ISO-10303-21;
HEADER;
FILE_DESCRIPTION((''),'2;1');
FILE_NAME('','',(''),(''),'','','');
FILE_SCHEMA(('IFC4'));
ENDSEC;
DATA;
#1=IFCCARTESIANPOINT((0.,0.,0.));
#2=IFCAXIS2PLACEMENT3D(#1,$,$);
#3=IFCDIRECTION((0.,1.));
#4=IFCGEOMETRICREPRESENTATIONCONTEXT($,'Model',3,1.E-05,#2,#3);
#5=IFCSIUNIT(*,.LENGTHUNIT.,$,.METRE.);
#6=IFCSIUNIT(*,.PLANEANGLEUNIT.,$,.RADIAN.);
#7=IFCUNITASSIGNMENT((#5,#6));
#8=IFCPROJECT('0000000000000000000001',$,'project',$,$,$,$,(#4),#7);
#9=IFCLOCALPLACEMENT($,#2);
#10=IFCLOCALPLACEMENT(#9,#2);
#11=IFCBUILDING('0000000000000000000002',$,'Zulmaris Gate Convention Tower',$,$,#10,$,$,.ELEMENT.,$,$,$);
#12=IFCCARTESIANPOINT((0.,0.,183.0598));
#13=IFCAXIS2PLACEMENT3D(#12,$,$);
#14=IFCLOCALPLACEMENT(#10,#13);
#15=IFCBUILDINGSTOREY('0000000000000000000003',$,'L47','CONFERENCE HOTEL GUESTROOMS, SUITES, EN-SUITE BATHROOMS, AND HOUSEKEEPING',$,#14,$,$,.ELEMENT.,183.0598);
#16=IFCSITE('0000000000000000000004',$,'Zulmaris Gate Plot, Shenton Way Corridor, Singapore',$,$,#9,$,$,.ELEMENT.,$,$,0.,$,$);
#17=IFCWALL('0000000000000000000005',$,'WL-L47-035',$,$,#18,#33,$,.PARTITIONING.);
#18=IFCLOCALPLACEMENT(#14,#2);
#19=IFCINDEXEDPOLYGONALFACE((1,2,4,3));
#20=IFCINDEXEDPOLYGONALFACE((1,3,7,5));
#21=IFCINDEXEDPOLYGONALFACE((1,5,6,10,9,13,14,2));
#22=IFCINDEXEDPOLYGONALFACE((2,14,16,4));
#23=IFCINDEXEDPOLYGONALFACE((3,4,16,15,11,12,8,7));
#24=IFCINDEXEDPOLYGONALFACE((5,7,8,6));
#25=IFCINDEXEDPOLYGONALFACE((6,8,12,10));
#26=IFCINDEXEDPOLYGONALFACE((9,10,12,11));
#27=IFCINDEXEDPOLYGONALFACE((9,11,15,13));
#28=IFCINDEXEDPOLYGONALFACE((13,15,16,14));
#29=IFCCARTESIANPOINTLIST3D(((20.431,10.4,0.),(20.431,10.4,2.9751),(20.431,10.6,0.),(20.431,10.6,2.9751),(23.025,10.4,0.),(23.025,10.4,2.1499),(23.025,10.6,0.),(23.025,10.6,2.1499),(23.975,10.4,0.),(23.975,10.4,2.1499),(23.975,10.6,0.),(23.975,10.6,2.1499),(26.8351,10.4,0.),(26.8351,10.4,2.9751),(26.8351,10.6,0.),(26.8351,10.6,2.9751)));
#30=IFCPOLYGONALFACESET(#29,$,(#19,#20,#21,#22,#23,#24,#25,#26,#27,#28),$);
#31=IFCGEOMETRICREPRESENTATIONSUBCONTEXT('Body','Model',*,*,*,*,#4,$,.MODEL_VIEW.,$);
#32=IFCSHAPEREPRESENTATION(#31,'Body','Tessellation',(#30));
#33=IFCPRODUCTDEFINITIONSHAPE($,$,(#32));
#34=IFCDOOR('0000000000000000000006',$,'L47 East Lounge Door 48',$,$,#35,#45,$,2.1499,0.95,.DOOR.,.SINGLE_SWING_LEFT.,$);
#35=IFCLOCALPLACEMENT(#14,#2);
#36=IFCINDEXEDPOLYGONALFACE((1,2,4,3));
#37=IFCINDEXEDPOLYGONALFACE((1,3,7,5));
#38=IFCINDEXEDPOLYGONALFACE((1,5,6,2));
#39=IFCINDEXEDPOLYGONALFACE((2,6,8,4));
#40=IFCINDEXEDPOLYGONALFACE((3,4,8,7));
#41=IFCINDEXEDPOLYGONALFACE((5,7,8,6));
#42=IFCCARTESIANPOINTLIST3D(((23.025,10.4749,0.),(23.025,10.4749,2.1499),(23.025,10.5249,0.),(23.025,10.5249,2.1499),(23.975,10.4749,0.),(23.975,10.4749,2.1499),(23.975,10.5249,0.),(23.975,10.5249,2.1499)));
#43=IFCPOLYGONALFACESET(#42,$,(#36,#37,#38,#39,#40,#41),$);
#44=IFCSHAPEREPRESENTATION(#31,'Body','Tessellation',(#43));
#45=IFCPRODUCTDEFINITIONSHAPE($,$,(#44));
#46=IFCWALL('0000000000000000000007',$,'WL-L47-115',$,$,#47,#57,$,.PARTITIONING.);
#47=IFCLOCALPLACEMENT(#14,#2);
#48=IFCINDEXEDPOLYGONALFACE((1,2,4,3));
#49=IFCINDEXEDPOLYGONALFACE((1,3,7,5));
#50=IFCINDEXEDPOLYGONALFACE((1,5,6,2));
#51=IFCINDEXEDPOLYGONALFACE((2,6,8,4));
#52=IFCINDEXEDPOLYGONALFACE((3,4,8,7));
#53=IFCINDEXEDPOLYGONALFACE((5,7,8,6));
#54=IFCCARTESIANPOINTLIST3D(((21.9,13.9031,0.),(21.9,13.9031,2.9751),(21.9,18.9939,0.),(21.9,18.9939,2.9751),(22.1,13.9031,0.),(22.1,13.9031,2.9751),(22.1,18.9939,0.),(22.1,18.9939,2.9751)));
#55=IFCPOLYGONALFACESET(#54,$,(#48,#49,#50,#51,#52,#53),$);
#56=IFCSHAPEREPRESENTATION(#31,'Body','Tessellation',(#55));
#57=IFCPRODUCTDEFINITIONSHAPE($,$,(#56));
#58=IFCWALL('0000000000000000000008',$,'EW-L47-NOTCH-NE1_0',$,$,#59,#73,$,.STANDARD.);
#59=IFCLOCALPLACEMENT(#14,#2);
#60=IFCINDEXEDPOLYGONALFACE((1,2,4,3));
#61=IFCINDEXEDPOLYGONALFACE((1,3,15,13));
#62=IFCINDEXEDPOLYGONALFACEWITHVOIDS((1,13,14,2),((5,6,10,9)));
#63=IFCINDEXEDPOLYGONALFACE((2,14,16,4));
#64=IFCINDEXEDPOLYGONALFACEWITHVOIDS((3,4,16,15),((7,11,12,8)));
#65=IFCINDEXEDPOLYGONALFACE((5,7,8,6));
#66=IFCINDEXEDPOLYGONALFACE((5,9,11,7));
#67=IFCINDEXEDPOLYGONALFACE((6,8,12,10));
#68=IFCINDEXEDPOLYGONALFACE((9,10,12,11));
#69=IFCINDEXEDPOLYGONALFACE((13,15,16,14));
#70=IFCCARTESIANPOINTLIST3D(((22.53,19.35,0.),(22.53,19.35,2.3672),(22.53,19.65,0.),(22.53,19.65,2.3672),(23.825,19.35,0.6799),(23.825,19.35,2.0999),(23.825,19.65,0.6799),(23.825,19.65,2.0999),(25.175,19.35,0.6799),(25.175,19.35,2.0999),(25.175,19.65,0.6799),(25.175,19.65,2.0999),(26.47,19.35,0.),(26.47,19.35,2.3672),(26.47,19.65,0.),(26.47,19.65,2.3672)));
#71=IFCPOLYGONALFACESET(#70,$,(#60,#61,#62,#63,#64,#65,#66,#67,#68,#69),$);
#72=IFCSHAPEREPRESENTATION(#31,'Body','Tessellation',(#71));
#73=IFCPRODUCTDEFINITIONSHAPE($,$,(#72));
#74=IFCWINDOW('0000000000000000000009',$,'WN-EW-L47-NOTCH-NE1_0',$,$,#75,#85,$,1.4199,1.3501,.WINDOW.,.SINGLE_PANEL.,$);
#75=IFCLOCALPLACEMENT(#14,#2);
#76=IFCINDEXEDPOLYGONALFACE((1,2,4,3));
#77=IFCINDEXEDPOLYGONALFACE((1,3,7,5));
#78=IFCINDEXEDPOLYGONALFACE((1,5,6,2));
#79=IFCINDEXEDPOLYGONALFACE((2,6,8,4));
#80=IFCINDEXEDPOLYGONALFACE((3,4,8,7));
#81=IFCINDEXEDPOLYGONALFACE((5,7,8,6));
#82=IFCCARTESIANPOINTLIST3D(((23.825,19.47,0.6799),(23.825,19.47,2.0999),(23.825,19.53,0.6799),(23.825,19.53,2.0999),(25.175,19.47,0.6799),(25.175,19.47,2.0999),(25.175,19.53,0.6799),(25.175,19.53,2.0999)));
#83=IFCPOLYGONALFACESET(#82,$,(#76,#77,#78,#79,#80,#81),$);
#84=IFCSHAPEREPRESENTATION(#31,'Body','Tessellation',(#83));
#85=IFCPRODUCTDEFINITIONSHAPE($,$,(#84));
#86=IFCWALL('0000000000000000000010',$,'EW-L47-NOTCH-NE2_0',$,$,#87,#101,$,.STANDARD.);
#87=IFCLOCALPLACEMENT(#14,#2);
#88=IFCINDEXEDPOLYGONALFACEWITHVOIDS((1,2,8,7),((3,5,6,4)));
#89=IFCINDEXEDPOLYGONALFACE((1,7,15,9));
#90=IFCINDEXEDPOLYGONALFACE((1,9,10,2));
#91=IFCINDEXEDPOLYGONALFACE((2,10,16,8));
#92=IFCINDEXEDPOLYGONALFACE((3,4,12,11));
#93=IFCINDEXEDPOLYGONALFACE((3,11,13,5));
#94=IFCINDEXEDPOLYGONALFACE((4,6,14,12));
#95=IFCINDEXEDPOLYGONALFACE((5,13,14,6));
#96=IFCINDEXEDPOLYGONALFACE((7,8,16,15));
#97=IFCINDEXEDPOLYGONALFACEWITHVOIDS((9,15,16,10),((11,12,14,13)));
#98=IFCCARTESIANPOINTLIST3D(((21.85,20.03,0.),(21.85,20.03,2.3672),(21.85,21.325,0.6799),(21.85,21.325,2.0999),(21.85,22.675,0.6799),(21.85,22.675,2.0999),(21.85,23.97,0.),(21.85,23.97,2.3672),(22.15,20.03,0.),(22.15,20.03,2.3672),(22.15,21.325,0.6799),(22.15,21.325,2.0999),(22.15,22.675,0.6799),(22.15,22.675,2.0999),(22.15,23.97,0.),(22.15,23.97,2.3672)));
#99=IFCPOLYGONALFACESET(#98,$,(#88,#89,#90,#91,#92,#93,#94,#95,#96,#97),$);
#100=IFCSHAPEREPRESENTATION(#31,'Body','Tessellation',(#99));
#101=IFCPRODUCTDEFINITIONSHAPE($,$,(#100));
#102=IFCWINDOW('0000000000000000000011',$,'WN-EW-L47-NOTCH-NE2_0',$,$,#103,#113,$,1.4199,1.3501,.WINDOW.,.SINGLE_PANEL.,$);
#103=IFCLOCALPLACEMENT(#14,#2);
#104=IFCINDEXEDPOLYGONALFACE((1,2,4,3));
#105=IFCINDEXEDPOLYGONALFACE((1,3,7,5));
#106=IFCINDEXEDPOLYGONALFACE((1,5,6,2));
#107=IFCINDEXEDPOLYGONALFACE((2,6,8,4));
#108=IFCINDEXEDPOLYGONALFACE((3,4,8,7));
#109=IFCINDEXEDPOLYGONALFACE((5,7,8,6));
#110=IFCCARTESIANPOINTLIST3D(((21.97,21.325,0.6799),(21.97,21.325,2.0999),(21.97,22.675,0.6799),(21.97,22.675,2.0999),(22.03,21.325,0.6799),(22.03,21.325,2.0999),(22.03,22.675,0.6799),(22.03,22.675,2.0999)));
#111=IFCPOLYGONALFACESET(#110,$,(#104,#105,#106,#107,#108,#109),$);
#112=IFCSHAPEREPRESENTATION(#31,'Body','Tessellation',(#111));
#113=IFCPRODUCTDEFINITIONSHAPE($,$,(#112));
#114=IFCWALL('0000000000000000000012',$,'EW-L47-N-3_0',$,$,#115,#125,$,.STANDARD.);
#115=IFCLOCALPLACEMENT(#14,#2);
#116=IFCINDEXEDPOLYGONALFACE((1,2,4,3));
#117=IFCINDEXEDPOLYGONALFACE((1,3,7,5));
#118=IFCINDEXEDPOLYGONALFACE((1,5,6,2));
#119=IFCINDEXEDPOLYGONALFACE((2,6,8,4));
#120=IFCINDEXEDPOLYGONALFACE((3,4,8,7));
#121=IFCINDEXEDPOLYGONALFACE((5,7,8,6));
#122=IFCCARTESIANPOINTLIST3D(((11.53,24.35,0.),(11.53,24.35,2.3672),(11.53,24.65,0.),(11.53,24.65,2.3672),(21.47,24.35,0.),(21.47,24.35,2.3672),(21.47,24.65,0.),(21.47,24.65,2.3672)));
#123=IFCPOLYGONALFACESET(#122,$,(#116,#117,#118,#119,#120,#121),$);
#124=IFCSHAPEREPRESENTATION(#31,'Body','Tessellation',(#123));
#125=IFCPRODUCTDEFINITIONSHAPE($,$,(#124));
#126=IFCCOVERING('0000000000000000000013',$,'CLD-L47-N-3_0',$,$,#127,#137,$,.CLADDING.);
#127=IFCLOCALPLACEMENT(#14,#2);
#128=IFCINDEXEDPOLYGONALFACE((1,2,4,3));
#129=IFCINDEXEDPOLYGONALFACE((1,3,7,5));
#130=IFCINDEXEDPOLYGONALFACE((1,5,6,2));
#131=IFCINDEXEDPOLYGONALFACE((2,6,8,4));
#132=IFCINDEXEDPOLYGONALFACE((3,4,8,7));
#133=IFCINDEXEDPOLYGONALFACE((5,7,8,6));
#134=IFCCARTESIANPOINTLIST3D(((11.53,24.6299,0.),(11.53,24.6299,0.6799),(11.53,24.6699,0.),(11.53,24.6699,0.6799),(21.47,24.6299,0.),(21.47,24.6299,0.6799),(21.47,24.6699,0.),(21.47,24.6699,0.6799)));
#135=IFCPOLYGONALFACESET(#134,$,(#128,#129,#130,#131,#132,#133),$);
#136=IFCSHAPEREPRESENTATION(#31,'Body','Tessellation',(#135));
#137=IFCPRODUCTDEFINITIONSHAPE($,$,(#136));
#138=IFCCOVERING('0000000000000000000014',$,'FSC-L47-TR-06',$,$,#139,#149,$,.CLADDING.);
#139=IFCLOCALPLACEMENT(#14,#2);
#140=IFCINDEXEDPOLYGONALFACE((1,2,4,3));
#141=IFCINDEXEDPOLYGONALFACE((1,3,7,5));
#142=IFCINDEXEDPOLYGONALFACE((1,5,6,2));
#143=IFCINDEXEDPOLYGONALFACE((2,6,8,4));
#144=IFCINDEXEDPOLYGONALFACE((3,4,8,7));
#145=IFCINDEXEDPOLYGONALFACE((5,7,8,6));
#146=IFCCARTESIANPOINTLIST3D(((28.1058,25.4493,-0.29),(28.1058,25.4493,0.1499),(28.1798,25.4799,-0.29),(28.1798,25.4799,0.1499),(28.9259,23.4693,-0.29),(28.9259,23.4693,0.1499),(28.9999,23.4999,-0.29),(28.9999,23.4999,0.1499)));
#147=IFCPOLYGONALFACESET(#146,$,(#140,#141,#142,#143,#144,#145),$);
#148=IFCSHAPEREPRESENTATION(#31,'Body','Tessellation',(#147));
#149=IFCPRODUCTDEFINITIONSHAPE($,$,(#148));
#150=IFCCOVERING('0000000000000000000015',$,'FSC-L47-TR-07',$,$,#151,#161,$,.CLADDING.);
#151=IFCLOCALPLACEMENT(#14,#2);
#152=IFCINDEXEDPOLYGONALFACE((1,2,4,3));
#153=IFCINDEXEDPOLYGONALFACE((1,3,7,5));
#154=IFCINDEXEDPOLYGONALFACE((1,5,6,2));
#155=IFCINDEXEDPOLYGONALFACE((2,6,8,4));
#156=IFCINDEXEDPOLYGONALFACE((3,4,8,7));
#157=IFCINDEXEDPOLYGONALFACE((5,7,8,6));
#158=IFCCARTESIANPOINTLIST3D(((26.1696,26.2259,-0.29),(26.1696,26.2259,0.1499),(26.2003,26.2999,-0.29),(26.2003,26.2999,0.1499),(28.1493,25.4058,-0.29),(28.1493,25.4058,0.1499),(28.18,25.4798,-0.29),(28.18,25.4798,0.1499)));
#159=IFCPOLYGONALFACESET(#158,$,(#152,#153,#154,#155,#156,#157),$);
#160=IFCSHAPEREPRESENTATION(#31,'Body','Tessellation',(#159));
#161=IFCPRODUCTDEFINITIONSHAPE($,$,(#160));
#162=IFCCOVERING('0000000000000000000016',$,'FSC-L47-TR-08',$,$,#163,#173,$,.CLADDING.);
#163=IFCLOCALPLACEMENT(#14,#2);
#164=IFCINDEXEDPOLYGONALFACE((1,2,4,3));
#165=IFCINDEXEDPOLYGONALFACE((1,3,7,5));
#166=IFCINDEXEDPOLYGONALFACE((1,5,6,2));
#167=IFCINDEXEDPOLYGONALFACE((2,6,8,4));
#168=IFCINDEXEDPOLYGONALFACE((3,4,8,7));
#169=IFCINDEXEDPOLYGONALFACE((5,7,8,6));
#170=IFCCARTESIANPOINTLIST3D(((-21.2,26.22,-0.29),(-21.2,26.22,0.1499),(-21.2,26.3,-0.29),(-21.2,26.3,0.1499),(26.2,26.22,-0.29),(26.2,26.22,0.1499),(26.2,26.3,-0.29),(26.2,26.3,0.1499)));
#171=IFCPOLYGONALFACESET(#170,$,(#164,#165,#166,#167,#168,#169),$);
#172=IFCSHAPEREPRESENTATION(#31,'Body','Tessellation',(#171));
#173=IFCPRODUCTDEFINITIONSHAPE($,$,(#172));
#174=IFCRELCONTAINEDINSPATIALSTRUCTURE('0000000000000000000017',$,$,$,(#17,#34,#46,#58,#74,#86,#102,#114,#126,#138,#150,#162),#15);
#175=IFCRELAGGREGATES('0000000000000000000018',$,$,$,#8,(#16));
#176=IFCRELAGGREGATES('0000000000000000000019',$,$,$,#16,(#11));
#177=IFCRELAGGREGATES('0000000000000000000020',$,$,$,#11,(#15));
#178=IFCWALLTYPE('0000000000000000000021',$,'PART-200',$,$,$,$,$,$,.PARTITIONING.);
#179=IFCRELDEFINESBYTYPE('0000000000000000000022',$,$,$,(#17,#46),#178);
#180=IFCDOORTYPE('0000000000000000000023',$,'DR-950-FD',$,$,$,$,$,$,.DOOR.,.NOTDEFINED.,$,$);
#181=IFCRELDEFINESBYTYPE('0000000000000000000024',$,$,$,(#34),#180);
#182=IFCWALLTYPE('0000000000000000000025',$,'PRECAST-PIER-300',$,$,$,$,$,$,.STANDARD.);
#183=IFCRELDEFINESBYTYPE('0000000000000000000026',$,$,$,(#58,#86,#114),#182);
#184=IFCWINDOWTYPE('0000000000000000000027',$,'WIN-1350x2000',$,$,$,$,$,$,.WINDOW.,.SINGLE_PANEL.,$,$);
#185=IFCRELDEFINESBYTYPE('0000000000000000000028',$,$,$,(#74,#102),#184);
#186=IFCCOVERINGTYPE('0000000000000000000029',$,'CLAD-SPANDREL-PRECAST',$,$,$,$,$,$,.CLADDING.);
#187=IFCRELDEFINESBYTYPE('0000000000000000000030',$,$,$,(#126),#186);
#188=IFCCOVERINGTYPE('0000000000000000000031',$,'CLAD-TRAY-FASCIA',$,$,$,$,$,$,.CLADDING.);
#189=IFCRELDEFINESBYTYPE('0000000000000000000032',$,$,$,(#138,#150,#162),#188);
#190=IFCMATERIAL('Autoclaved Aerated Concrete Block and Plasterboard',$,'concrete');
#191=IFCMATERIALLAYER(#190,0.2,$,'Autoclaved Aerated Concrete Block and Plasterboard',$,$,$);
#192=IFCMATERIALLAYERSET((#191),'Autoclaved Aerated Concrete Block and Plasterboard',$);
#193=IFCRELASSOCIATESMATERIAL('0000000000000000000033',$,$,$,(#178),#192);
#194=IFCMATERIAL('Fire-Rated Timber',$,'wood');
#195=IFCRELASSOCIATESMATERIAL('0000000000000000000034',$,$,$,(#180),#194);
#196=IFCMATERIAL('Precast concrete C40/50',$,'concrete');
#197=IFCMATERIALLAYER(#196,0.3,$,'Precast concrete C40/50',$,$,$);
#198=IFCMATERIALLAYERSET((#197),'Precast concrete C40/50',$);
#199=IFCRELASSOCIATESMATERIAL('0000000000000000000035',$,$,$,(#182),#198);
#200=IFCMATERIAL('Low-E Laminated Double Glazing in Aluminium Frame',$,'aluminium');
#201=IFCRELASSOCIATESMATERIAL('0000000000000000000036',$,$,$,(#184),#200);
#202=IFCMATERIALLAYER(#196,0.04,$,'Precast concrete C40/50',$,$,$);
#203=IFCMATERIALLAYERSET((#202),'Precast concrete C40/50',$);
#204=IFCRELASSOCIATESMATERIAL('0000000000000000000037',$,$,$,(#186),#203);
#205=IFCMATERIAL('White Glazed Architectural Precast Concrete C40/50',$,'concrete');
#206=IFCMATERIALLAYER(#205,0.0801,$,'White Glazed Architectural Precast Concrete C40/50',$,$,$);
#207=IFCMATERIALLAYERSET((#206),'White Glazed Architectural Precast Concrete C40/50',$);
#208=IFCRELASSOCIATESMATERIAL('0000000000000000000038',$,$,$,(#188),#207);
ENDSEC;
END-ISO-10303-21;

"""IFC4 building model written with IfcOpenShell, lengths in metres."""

from ifc_helpers import new_model, si_unit, direction, frame, frame_2d, origin, place, context, subcontext, project, spatial, rectangle, extrude, material, layer, layer_set, type_object, element, fill, save


model = new_model("IFC4")

# Units and contexts
model_context = context("Model", 3, precision=1e-05, world=origin(), true_north=direction((0.0, 1.0)))
body_context = subcontext(model_context, "Body", "Model", "MODEL_VIEW")
ifc_project = project(units=[si_unit("LENGTHUNIT", "METRE"), si_unit("PLANEANGLEUNIT", "RADIAN")], contexts=[model_context])

# Site, building, storey
site_placement = place(None, origin())
site = spatial("IfcSite", under=ifc_project, at=site_placement, Name="Zulmaris Gate Plot, Shenton Way Corridor, Singapore", CompositionType="ELEMENT", RefElevation=0.0)
building_placement = place(site_placement, origin())
building = spatial("IfcBuilding", under=site, at=building_placement, Name="Zulmaris Gate Convention Tower", CompositionType="ELEMENT")
storey_placement = place(building_placement, frame((0.0, 0.0, 183.0598)))
storey = spatial("IfcBuildingStorey", under=building, at=storey_placement, Name="L47", Description="CONFERENCE HOTEL GUESTROOMS, SUITES, EN-SUITE BATHROOMS, AND HOUSEKEEPING", CompositionType="ELEMENT", Elevation=183.0598)

# Wall, opening, door
ifc_material_1 = material(Name="Autoclaved Aerated Concrete Block and Plasterboard", Category="concrete")
ifc_layer_1 = layer(ifc_material_1, 0.2, Name="Autoclaved Aerated Concrete Block and Plasterboard")
ifc_layer_set_1 = layer_set([ifc_layer_1], Name="Autoclaved Aerated Concrete Block and Plasterboard")
wall_type_1 = type_object("IfcWallType", Name="PART-200", PredefinedType="PARTITIONING", material=ifc_layer_set_1)
wall_1_placement = place(storey_placement, frame((20.4309, 10.5, 0.0), z_axis=(0.0, 0.0, 1.0), x_axis=(1.0, 0.0, 0.0)))
wall_1 = element("IfcWall", 1, at=wall_1_placement, inside=storey, type_object=wall_type_1, Name="WL-L47-035", PredefinedType="PARTITIONING", context=body_context, shape_type="SweptSolid", body=[
    extrude(rectangle(XDim=6.4041, YDim=0.2, at=frame_2d((3.2021, 0.0))), origin(), (0.0, 0.0, 1.0), 2.9751),
])
opening_1_placement = place(wall_1_placement, frame((2.594, 0.0, 0.0)))
opening_1 = element("IfcOpeningElement", 2, at=opening_1_placement, cuts=wall_1, PredefinedType="OPENING", context=body_context, shape_type="SweptSolid", body=[
    extrude(rectangle(XDim=0.95, YDim=2.1499, at=frame_2d((0.4751, 1.075))), frame((0.0, 0.1099, 0.0), z_axis=(0.0, -1.0, 0.0), x_axis=(1.0, 0.0, 0.0)), (0.0, 0.0, 1.0), 0.22),
])
ifc_material_2 = material(Name="Fire-Rated Timber", Category="wood")
door_type_1 = type_object("IfcDoorType", Name="DR-950-FD", OperationType="NOTDEFINED", PredefinedType="DOOR", material=ifc_material_2)
door_1_placement = place(opening_1_placement, origin())
door_1 = element("IfcDoor", 3, at=door_1_placement, inside=storey, type_object=door_type_1, Name="L47 East Lounge Door 48", OperationType="SINGLE_SWING_LEFT", OverallHeight=2.1499, OverallWidth=0.95, PredefinedType="DOOR", context=body_context, shape_type="SweptSolid", body=[
    extrude(rectangle(XDim=0.95, YDim=2.1499, at=frame_2d((0.4751, 1.075))), frame((0.0, 0.0249, 0.0), z_axis=(0.0, -1.0, 0.0), x_axis=(1.0, 0.0, 0.0)), (0.0, 0.0, 1.0), 0.05),
])
fill(opening_1, door_1)

# Wall
wall_2_placement = place(storey_placement, frame((22.0, 13.9031, 0.0), z_axis=(0.0, 0.0, 1.0), x_axis=(0.0, 1.0, 0.0)))
element("IfcWall", 4, at=wall_2_placement, inside=storey, type_object=wall_type_1, Name="WL-L47-115", PredefinedType="PARTITIONING", context=body_context, shape_type="SweptSolid", body=[
    extrude(rectangle(XDim=5.0908, YDim=0.2, at=frame_2d((2.5454, 0.0))), origin(), (0.0, 0.0, 1.0), 2.9751),
])

# Walls, openings, windows
ifc_material_3 = material(Name="Precast concrete C40/50", Category="concrete")
ifc_layer_2 = layer(ifc_material_3, 0.3, Name="Precast concrete C40/50")
ifc_layer_set_2 = layer_set([ifc_layer_2], Name="Precast concrete C40/50")
wall_type_2 = type_object("IfcWallType", Name="PRECAST-PIER-300", PredefinedType="STANDARD", material=ifc_layer_set_2)
wall_3_placement = place(storey_placement, frame((26.47, 19.5, 0.0), z_axis=(0.0, 0.0, 1.0), x_axis=(-1.0, 0.0, 0.0)))
wall_3 = element("IfcWall", 5, at=wall_3_placement, inside=storey, type_object=wall_type_2, Name="EW-L47-NOTCH-NE1_0", PredefinedType="STANDARD", context=body_context, shape_type="SweptSolid", body=[
    extrude(rectangle(XDim=3.9399, YDim=0.3, at=frame_2d((1.97, 0.0))), origin(), (0.0, 0.0, 1.0), 2.3672),
])
opening_2_placement = place(wall_3_placement, frame((1.2949, 0.0, 0.6799)))
opening_2 = element("IfcOpeningElement", 6, at=opening_2_placement, cuts=wall_3, PredefinedType="OPENING", context=body_context, shape_type="SweptSolid", body=[
    extrude(rectangle(XDim=1.3501, YDim=1.4199, at=frame_2d((0.675, 0.71))), frame((0.0, 0.1602, 0.0), z_axis=(0.0, -1.0, 0.0), x_axis=(1.0, 0.0, 0.0)), (0.0, 0.0, 1.0), 0.3201),
])
ifc_material_4 = material(Name="Low-E Laminated Double Glazing in Aluminium Frame", Category="aluminium")
window_type = type_object("IfcWindowType", Name="WIN-1350x2000", PartitioningType="SINGLE_PANEL", PredefinedType="WINDOW", material=ifc_material_4)
window_1_placement = place(opening_2_placement, origin())
window_1 = element("IfcWindow", 7, at=window_1_placement, inside=storey, type_object=window_type, Name="WN-EW-L47-NOTCH-NE1_0", OverallHeight=1.4199, OverallWidth=1.3501, PartitioningType="SINGLE_PANEL", PredefinedType="WINDOW", context=body_context, shape_type="SweptSolid", body=[
    extrude(rectangle(XDim=1.3501, YDim=1.4199, at=frame_2d((0.675, 0.71))), frame((0.0, 0.03, 0.0), z_axis=(0.0, -1.0, 0.0), x_axis=(1.0, 0.0, 0.0)), (0.0, 0.0, 1.0), 0.0601),
])
fill(opening_2, window_1)
wall_4_placement = place(storey_placement, frame((22.0, 20.03, 0.0), z_axis=(0.0, 0.0, 1.0), x_axis=(0.0, 1.0, 0.0)))
wall_4 = element("IfcWall", 8, at=wall_4_placement, inside=storey, type_object=wall_type_2, Name="EW-L47-NOTCH-NE2_0", PredefinedType="STANDARD", context=body_context, shape_type="SweptSolid", body=[
    extrude(rectangle(XDim=3.9399, YDim=0.3, at=frame_2d((1.97, 0.0))), origin(), (0.0, 0.0, 1.0), 2.3672),
])
opening_3_placement = place(wall_4_placement, frame((1.2949, 0.0, 0.6799)))
opening_3 = element("IfcOpeningElement", 9, at=opening_3_placement, cuts=wall_4, PredefinedType="OPENING", context=body_context, shape_type="SweptSolid", body=[
    extrude(rectangle(XDim=1.3501, YDim=1.4199, at=frame_2d((0.675, 0.71))), frame((0.0, 0.1602, 0.0), z_axis=(0.0, -1.0, 0.0), x_axis=(1.0, 0.0, 0.0)), (0.0, 0.0, 1.0), 0.3201),
])
window_2_placement = place(opening_3_placement, origin())
window_2 = element("IfcWindow", 10, at=window_2_placement, inside=storey, type_object=window_type, Name="WN-EW-L47-NOTCH-NE2_0", OverallHeight=1.4199, OverallWidth=1.3501, PartitioningType="SINGLE_PANEL", PredefinedType="WINDOW", context=body_context, shape_type="SweptSolid", body=[
    extrude(rectangle(XDim=1.3501, YDim=1.4199, at=frame_2d((0.675, 0.71))), frame((0.0, 0.03, 0.0), z_axis=(0.0, -1.0, 0.0), x_axis=(1.0, 0.0, 0.0)), (0.0, 0.0, 1.0), 0.0601),
])
fill(opening_3, window_2)

# Wall
wall_5_placement = place(storey_placement, frame((21.47, 24.5, 0.0), z_axis=(0.0, 0.0, 1.0), x_axis=(-1.0, 0.0, 0.0)))
element("IfcWall", 11, at=wall_5_placement, inside=storey, type_object=wall_type_2, Name="EW-L47-N-3_0", PredefinedType="STANDARD", context=body_context, shape_type="SweptSolid", body=[
    extrude(rectangle(XDim=9.9399, YDim=0.3, at=frame_2d((4.97, 0.0))), origin(), (0.0, 0.0, 1.0), 2.3672),
])

# Coverings
ifc_layer_3 = layer(ifc_material_3, 0.04, Name="Precast concrete C40/50")
ifc_layer_set_3 = layer_set([ifc_layer_3], Name="Precast concrete C40/50")
covering_type_1 = type_object("IfcCoveringType", Name="CLAD-SPANDREL-PRECAST", PredefinedType="CLADDING", material=ifc_layer_set_3)
covering_1_placement = place(storey_placement, frame((21.47, 24.6499, 0.0), z_axis=(0.0, 0.0, 1.0), x_axis=(-1.0, 0.0, 0.0)))
element("IfcCovering", 12, at=covering_1_placement, inside=storey, type_object=covering_type_1, Name="CLD-L47-N-3_0", PredefinedType="CLADDING", context=body_context, shape_type="SweptSolid", body=[
    extrude(rectangle(XDim=9.9399, YDim=0.04, at=frame_2d((4.97, 0.0))), origin(), (0.0, 0.0, 1.0), 0.6799),
])
ifc_material_5 = material(Name="White Glazed Architectural Precast Concrete C40/50", Category="concrete")
ifc_layer_4 = layer(ifc_material_5, 0.0801, Name="White Glazed Architectural Precast Concrete C40/50")
ifc_layer_set_4 = layer_set([ifc_layer_4], Name="White Glazed Architectural Precast Concrete C40/50")
covering_type_2 = type_object("IfcCoveringType", Name="CLAD-TRAY-FASCIA", PredefinedType="CLADDING", material=ifc_layer_set_4)
covering_2_placement = place(storey_placement, frame((28.9629, 23.4846, -0.29), z_axis=(0.0, 0.0, 1.0), x_axis=(-0.382657, 0.92389, 0.0)))
element("IfcCovering", 13, at=covering_2_placement, inside=storey, type_object=covering_type_2, Name="FSC-L47-TR-06", PredefinedType="CLADDING", context=body_context, shape_type="SweptSolid", body=[
    extrude(rectangle(XDim=2.1431, YDim=0.0801, at=frame_2d((1.0715, 0.0))), origin(), (0.0, 0.0, 1.0), 0.4399),
])
covering_3_placement = place(storey_placement, frame((28.1646, 25.4429, -0.29), z_axis=(0.0, 0.0, 1.0), x_axis=(-0.923874, 0.382697, 0.0)))
element("IfcCovering", 14, at=covering_3_placement, inside=storey, type_object=covering_type_2, Name="FSC-L47-TR-07", PredefinedType="CLADDING", context=body_context, shape_type="SweptSolid", body=[
    extrude(rectangle(XDim=2.1428, YDim=0.0801, at=frame_2d((1.0713, 0.0))), origin(), (0.0, 0.0, 1.0), 0.4399),
])
covering_4_placement = place(storey_placement, frame((26.2, 26.26, -0.29), z_axis=(0.0, 0.0, 1.0), x_axis=(-1.0, 0.0, 0.0)))
element("IfcCovering", 15, at=covering_4_placement, inside=storey, type_object=covering_type_2, Name="FSC-L47-TR-08", PredefinedType="CLADDING", context=body_context, shape_type="SweptSolid", body=[
    extrude(rectangle(XDim=47.3999, YDim=0.0801, at=frame_2d((23.7, 0.0))), origin(), (0.0, 0.0, 1.0), 0.4399),
])

save(model, "model.ifc")
